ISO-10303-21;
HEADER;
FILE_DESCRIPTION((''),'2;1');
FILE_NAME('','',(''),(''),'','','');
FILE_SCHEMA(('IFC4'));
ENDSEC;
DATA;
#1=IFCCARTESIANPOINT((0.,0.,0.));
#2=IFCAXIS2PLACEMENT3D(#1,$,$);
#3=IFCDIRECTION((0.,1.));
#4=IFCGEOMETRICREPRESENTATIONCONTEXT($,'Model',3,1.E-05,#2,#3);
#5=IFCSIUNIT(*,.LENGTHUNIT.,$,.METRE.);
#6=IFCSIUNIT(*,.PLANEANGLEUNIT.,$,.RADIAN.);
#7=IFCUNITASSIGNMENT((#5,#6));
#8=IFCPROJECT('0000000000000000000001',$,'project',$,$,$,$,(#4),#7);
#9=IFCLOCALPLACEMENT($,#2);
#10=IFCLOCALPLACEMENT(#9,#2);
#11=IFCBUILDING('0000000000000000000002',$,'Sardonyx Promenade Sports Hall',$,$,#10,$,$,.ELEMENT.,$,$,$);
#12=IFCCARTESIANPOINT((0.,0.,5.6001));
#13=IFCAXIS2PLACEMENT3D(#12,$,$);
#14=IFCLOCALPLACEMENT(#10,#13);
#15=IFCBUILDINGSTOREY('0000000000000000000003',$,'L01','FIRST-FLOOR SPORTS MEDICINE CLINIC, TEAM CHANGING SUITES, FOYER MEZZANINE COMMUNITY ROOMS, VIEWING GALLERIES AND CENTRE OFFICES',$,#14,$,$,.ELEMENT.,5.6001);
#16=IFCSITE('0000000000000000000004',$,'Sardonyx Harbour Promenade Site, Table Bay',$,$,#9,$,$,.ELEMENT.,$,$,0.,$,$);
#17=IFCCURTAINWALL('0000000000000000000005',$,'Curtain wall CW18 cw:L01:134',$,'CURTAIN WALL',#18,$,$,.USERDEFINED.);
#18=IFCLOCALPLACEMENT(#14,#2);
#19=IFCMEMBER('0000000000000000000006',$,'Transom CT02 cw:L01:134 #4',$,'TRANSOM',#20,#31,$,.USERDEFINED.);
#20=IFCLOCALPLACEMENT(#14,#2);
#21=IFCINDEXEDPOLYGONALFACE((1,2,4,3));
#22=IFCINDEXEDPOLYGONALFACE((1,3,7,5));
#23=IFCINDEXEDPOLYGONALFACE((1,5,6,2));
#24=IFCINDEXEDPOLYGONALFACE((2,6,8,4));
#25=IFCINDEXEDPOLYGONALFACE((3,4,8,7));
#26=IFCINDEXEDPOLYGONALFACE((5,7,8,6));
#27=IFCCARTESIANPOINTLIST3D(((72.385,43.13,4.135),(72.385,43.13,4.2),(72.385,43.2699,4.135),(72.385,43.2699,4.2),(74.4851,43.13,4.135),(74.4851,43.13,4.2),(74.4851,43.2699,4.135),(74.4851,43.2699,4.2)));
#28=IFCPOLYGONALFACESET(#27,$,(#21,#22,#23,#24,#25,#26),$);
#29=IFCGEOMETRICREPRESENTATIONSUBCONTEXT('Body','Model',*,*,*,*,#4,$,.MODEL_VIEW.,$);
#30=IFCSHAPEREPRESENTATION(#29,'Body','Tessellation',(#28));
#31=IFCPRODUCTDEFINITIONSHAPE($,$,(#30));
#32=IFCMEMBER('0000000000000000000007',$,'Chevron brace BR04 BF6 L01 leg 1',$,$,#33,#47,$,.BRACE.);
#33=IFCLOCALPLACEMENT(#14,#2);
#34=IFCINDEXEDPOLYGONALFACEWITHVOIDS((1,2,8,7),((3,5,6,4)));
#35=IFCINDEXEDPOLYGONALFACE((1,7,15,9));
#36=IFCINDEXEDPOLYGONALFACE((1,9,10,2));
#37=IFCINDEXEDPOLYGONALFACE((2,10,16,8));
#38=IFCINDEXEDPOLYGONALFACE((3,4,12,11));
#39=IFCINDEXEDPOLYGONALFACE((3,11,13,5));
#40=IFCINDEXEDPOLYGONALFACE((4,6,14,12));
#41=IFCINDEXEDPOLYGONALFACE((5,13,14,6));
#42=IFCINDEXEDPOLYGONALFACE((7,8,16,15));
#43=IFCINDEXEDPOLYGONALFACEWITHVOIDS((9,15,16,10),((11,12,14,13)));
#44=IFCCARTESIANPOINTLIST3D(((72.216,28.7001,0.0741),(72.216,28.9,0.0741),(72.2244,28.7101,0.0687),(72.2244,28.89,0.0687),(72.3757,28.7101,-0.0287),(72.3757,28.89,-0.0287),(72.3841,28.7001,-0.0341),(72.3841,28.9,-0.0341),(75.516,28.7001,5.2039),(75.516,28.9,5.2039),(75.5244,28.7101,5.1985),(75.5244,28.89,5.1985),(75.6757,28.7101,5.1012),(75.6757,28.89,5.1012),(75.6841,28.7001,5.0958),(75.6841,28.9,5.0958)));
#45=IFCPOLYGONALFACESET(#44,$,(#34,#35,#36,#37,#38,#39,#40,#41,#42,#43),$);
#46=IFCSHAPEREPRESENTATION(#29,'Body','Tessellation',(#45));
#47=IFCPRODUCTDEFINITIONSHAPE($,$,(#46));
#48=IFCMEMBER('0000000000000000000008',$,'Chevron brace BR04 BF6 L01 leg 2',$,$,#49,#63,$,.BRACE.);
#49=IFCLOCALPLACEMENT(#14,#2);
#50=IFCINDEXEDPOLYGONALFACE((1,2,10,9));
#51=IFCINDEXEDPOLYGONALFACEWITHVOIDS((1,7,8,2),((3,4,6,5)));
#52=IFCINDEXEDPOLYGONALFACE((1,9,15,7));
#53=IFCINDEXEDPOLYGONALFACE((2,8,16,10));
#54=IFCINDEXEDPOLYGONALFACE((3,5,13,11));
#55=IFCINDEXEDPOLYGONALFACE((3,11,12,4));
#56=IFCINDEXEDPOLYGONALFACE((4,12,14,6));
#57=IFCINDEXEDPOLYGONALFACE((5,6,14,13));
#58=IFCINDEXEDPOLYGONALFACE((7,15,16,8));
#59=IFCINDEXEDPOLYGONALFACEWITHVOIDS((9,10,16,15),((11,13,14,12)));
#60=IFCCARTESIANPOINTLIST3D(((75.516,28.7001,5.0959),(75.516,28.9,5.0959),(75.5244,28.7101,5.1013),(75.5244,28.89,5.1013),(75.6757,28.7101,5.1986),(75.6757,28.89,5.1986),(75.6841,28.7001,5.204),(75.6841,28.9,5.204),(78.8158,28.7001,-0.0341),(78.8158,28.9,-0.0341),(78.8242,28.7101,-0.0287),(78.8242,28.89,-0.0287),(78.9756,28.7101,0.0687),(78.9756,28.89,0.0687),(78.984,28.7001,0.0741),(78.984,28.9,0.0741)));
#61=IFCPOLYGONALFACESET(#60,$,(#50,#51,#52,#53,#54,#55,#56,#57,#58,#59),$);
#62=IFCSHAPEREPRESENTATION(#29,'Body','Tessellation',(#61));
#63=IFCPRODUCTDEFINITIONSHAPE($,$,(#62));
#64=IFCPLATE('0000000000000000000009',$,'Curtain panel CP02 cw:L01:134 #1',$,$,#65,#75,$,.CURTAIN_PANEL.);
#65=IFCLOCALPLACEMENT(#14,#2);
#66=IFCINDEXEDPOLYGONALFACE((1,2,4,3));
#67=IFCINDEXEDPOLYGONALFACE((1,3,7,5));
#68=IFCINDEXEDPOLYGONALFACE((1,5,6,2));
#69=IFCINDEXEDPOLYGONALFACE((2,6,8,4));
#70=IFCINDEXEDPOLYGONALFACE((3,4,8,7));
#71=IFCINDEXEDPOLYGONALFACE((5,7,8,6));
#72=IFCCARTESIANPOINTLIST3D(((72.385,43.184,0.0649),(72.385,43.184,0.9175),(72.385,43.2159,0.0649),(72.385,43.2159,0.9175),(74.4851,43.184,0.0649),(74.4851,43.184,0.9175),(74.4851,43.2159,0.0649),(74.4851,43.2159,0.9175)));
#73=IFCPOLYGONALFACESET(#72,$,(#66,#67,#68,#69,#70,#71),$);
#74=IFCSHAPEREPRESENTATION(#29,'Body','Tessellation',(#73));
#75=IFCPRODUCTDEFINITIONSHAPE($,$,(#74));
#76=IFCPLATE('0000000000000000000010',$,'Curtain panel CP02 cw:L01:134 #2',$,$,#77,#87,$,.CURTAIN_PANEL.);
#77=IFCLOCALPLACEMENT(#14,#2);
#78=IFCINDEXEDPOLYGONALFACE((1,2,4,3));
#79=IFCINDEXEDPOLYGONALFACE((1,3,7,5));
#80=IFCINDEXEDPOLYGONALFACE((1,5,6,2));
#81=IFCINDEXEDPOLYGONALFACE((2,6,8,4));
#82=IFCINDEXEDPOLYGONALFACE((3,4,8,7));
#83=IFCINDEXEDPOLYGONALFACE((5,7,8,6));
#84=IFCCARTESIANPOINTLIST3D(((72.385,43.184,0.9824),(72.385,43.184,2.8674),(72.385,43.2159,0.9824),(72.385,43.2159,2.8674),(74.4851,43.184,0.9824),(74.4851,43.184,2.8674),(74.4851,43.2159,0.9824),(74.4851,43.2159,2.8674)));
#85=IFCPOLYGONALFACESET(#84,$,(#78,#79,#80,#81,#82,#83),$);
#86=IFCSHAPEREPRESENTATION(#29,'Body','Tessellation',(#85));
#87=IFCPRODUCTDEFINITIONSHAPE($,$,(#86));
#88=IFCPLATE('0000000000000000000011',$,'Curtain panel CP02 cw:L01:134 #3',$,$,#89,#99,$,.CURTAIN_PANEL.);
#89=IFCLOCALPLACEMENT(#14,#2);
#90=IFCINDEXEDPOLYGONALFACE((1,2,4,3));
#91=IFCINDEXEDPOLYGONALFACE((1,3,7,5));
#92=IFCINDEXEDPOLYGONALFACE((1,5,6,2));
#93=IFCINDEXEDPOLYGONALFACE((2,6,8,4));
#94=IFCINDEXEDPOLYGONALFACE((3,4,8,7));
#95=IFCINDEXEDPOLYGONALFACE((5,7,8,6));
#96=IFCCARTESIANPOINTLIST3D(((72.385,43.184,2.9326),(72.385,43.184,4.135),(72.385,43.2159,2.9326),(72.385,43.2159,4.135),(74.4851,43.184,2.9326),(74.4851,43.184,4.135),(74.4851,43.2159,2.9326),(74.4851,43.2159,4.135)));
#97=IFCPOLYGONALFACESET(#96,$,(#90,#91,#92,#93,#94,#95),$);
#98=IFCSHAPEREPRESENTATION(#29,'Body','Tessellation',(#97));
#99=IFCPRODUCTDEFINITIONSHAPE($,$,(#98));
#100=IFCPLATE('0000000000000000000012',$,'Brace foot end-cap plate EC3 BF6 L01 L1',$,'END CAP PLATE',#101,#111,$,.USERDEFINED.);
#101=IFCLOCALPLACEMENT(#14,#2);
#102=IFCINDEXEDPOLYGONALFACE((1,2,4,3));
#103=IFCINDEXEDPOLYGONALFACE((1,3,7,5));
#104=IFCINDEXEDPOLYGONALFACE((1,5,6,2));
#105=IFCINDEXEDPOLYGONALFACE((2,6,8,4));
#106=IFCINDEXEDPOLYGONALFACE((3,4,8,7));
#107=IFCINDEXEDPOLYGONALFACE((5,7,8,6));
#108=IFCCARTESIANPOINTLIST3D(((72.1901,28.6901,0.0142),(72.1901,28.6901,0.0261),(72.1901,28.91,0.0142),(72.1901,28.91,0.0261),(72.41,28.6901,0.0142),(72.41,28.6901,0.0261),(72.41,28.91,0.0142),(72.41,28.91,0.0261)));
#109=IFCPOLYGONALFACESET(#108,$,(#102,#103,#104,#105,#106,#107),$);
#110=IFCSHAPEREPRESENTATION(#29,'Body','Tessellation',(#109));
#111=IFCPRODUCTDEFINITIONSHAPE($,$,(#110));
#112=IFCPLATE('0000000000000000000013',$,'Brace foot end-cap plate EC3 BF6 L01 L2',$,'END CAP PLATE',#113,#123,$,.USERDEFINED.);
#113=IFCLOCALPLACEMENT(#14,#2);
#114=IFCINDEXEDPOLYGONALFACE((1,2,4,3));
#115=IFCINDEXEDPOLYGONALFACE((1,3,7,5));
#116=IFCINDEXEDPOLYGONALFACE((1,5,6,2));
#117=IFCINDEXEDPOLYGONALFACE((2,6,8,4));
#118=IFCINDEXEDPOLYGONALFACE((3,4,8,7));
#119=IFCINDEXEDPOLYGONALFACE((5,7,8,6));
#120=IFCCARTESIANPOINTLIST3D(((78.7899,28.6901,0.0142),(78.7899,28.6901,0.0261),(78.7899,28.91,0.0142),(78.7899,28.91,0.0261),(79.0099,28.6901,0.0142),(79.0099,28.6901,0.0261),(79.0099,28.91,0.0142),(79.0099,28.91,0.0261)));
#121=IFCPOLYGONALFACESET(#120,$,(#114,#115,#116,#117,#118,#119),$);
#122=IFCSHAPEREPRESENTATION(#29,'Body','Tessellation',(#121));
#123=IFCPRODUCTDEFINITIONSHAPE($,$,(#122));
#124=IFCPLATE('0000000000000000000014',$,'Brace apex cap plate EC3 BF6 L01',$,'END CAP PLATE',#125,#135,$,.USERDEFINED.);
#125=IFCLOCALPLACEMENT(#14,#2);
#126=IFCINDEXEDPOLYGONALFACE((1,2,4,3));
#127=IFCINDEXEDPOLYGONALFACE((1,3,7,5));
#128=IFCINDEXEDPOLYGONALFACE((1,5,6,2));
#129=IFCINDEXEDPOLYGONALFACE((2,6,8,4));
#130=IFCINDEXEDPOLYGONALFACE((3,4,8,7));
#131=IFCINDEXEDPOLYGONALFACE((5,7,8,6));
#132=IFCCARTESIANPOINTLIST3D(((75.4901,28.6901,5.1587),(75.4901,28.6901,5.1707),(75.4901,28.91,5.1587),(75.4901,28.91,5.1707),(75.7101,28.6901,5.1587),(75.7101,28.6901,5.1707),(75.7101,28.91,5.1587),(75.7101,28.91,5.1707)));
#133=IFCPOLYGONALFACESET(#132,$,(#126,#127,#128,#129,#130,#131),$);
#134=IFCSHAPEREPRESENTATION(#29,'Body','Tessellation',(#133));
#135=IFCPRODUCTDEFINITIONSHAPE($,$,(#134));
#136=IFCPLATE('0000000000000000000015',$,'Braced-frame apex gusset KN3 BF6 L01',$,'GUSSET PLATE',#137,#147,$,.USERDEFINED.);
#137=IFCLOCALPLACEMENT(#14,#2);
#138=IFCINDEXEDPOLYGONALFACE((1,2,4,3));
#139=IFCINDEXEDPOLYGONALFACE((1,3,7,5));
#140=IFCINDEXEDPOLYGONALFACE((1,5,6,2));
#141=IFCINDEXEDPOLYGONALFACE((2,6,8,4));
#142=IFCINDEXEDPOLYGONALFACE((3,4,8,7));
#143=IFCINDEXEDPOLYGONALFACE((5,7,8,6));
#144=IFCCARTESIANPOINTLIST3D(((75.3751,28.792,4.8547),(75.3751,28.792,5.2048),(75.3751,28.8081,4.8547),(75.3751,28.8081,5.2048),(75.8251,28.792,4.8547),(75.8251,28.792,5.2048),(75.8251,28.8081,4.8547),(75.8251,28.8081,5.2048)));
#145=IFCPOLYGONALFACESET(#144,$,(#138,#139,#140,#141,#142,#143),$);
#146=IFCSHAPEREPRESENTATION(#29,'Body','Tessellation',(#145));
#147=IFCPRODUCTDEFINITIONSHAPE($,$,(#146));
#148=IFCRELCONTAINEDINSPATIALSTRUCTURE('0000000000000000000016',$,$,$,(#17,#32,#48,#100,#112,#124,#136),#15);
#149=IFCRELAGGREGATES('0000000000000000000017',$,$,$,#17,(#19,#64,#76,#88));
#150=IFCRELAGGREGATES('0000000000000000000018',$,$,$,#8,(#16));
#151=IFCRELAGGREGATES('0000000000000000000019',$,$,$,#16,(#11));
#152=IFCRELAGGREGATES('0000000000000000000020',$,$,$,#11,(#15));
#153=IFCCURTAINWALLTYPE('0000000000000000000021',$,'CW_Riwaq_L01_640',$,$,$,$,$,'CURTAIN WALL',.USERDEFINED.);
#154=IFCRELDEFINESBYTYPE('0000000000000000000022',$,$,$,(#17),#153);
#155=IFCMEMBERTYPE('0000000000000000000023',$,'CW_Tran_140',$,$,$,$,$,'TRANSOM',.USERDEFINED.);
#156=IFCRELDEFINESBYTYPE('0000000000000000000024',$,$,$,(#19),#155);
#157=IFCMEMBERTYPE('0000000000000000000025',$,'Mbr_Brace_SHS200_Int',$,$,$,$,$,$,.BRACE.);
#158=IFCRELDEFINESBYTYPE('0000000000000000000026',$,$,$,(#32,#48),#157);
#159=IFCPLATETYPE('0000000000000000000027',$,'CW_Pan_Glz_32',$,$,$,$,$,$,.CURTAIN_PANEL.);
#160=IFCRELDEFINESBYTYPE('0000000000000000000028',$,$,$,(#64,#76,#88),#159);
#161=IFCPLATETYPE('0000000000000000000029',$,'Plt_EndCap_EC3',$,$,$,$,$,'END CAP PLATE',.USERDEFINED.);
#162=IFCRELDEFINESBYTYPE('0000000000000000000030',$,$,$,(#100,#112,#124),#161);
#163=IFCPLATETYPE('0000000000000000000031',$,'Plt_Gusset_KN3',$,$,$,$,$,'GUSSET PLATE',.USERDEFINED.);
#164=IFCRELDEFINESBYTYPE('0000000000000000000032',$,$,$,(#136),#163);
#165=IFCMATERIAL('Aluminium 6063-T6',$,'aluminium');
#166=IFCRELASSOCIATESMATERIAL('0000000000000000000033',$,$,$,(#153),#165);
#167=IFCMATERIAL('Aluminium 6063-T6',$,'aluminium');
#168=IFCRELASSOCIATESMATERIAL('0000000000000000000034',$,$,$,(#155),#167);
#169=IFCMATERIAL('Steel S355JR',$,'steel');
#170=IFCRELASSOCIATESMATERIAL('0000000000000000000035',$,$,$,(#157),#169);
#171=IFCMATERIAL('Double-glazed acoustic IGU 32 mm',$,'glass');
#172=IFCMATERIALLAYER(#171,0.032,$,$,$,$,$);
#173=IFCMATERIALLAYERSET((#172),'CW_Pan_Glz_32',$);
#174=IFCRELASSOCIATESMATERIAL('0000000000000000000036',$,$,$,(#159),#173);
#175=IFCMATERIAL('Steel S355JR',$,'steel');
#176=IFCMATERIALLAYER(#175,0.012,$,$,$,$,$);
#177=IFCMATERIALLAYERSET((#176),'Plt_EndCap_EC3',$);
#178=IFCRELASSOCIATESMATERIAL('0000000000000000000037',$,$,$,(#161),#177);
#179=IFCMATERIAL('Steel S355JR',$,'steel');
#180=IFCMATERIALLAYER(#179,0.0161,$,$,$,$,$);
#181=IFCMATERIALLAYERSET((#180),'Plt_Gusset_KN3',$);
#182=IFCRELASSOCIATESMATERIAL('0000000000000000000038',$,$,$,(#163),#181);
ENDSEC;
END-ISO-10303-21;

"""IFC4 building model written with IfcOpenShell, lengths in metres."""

from ifc_helpers import new_model, si_unit, direction, frame, origin, origin_2d, place, context, subcontext, project, spatial, rectangle, hollow_rectangle, extrude, material, layer, layer_set, material_profile, profile_set, type_object, element, aggregate, save


model = new_model("IFC4")

# Units and contexts
model_context = context("Model", 3, precision=1e-05, world=origin(), true_north=direction((0.0, 1.0)))
body_context = subcontext(model_context, "Body", "Model", "MODEL_VIEW")
ifc_project = project(units=[si_unit("LENGTHUNIT", "METRE"), si_unit("PLANEANGLEUNIT", "RADIAN")], contexts=[model_context])

# Site, building, storey
site_placement = place(None, origin())
site = spatial("IfcSite", under=ifc_project, at=site_placement, Name="Sardonyx Harbour Promenade Site, Table Bay", CompositionType="ELEMENT", RefElevation=0.0)
building_placement = place(site_placement, origin())
building = spatial("IfcBuilding", under=site, at=building_placement, Name="Sardonyx Promenade Sports Hall", CompositionType="ELEMENT")
storey_placement = place(building_placement, frame((0.0, 0.0, 5.6001)))
storey = spatial("IfcBuildingStorey", under=building, at=storey_placement, Name="L01", Description="FIRST-FLOOR SPORTS MEDICINE CLINIC, TEAM CHANGING SUITES, FOYER MEZZANINE COMMUNITY ROOMS, VIEWING GALLERIES AND CENTRE OFFICES", CompositionType="ELEMENT", Elevation=5.6001)

# Shared definitions
ifc_material_1 = material(Name="Aluminium 6063-T6", Category="aluminium")
curtain_wall_type = type_object("IfcCurtainWallType", Name="CW_Riwaq_L01_640", ElementType="CURTAIN WALL", PredefinedType="USERDEFINED", material=ifc_material_1)

# Curtain wall, member
curtain_wall_1_placement = place(storey_placement, origin())
curtain_wall_1 = element("IfcCurtainWall", 1, at=curtain_wall_1_placement, inside=storey, type_object=curtain_wall_type, Name="Curtain wall CW18 cw:L01:134", ObjectType="CURTAIN WALL", PredefinedType="USERDEFINED")
ifc_material_2 = material(Name="Aluminium 6063-T6", Category="aluminium")
ifc_material_profile_1 = material_profile(ifc_material_2, rectangle(XDim=0.0649, YDim=0.1399, at=origin_2d()))
ifc_profile_set_1 = profile_set([ifc_material_profile_1], Name="Aluminium 6063-T6")
member_type_1 = type_object("IfcMemberType", Name="CW_Tran_140", ElementType="TRANSOM", PredefinedType="USERDEFINED", material=ifc_profile_set_1)
member_1_placement = place(storey_placement, frame((72.385, 43.2, 4.1675), z_axis=(1.0, 0.0, 0.0), x_axis=(0.0, 0.0, 1.0)))
member_1 = element("IfcMember", 2, at=member_1_placement, type_object=member_type_1, Name="Transom CT02 cw:L01:134 #4", ObjectType="TRANSOM", PredefinedType="USERDEFINED", context=body_context, shape_type="SweptSolid", body=[
    extrude(rectangle(XDim=0.0649, YDim=0.1399, at=origin_2d()), origin(), (0.0, 0.0, 1.0), 2.1001),
])

# Members
ifc_material_3 = material(Name="Steel S355JR", Category="steel")
ifc_material_profile_2 = material_profile(ifc_material_3, hollow_rectangle(XDim=0.2, YDim=0.2, WallThickness=0.01, at=origin_2d()))
ifc_profile_set_2 = profile_set([ifc_material_profile_2], Name="Steel S355JR")
member_type_2 = type_object("IfcMemberType", Name="Mbr_Brace_SHS200_Int", PredefinedType="BRACE", material=ifc_profile_set_2)
for number, where, z_axis, x_axis, name in (
    (3, (72.3, 28.8, 0.02), (0.541021, 0.0, 0.841009), (0.0, 1.0, 0.0), "Chevron brace BR04 BF6 L01 leg 1"),
    (4, (78.8999, 28.8, 0.02), (-0.540992, 0.0, 0.841028), (0.0, -1.0, 0.0), "Chevron brace BR04 BF6 L01 leg 2"),
):
    element("IfcMember", number, at=place(storey_placement, frame(where, z_axis=z_axis, x_axis=x_axis)), inside=storey, type_object=member_type_2, Name=name, PredefinedType="BRACE", context=body_context, shape_type="SweptSolid", body=[
        extrude(hollow_rectangle(XDim=0.2, YDim=0.2, WallThickness=0.01, at=origin_2d()), origin(), (0.0, 0.0, 1.0), 6.0996),
    ])

# Plates
ifc_material_4 = material(Name="Double-glazed acoustic IGU 32 mm", Category="glass")
ifc_layer_1 = layer(ifc_material_4, 0.032)
ifc_layer_set_1 = layer_set([ifc_layer_1], Name="CW_Pan_Glz_32")
plate_type_1 = type_object("IfcPlateType", Name="CW_Pan_Glz_32", PredefinedType="CURTAIN_PANEL", material=ifc_layer_set_1)
plate_1_placement = place(storey_placement, frame((73.4351, 43.2, 0.0649), z_axis=(0.0, 0.0, 1.0), x_axis=(1.0, 0.0, 0.0)))
plate_1 = element("IfcPlate", 5, at=plate_1_placement, type_object=plate_type_1, Name="Curtain panel CP02 cw:L01:134 #1", PredefinedType="CURTAIN_PANEL", context=body_context, shape_type="SweptSolid", body=[
    extrude(rectangle(XDim=2.1001, YDim=0.032, at=origin_2d()), origin(), (0.0, 0.0, 1.0), 0.8525),
])
plate_2_placement = place(storey_placement, frame((73.4351, 43.2, 0.9824), z_axis=(0.0, 0.0, 1.0), x_axis=(1.0, 0.0, 0.0)))
plate_2 = element("IfcPlate", 6, at=plate_2_placement, type_object=plate_type_1, Name="Curtain panel CP02 cw:L01:134 #2", PredefinedType="CURTAIN_PANEL", context=body_context, shape_type="SweptSolid", body=[
    extrude(rectangle(XDim=2.1001, YDim=0.032, at=origin_2d()), origin(), (0.0, 0.0, 1.0), 1.885),
])
plate_3_placement = place(storey_placement, frame((73.4351, 43.2, 2.9326), z_axis=(0.0, 0.0, 1.0), x_axis=(1.0, 0.0, 0.0)))
plate_3 = element("IfcPlate", 7, at=plate_3_placement, type_object=plate_type_1, Name="Curtain panel CP02 cw:L01:134 #3", PredefinedType="CURTAIN_PANEL", context=body_context, shape_type="SweptSolid", body=[
    extrude(rectangle(XDim=2.1001, YDim=0.032, at=origin_2d()), origin(), (0.0, 0.0, 1.0), 1.2024),
])
aggregate(curtain_wall_1, [member_1, plate_1, plate_2, plate_3])

# Plates
ifc_material_5 = material(Name="Steel S355JR", Category="steel")
ifc_layer_2 = layer(ifc_material_5, 0.012)
ifc_layer_set_2 = layer_set([ifc_layer_2], Name="Plt_EndCap_EC3")
plate_type_2 = type_object("IfcPlateType", Name="Plt_EndCap_EC3", ElementType="END CAP PLATE", PredefinedType="USERDEFINED", material=ifc_layer_set_2)
for number, where, z_axis, x_axis, name in (
    (8, (72.3, 28.8, 0.0142), (0.0, 0.0, 1.0), (1.0, 0.0, 0.0), "Brace foot end-cap plate EC3 BF6 L01 L1"),
    (9, (78.8999, 28.8, 0.0142), (0.0, 0.0, 1.0), (1.0, 0.0, 0.0), "Brace foot end-cap plate EC3 BF6 L01 L2"),
    (10, (75.6001, 28.8, 5.1587), (0.0, 0.0, 1.0), (1.0, 0.0, 0.0), "Brace apex cap plate EC3 BF6 L01"),
):
    element("IfcPlate", number, at=place(storey_placement, frame(where, z_axis=z_axis, x_axis=x_axis)), inside=storey, type_object=plate_type_2, Name=name, ObjectType="END CAP PLATE", PredefinedType="USERDEFINED", context=body_context, shape_type="SweptSolid", body=[
        extrude(rectangle(XDim=0.22, YDim=0.22, at=origin_2d()), origin(), (0.0, 0.0, 1.0), 0.012),
    ])
ifc_material_6 = material(Name="Steel S355JR", Category="steel")
ifc_layer_3 = layer(ifc_material_6, 0.0161)
ifc_layer_set_3 = layer_set([ifc_layer_3], Name="Plt_Gusset_KN3")
plate_type_3 = type_object("IfcPlateType", Name="Plt_Gusset_KN3", ElementType="GUSSET PLATE", PredefinedType="USERDEFINED", material=ifc_layer_set_3)
plate_4_placement = place(storey_placement, frame((75.6001, 28.8, 4.8547), z_axis=(0.0, 0.0, 1.0), x_axis=(1.0, 0.0, 0.0)))
element("IfcPlate", 11, at=plate_4_placement, inside=storey, type_object=plate_type_3, Name="Braced-frame apex gusset KN3 BF6 L01", ObjectType="GUSSET PLATE", PredefinedType="USERDEFINED", context=body_context, shape_type="SweptSolid", body=[
    extrude(rectangle(XDim=0.45, YDim=0.0161, at=origin_2d()), origin(), (0.0, 0.0, 1.0), 0.3501),
])

save(model, "model.ifc")
